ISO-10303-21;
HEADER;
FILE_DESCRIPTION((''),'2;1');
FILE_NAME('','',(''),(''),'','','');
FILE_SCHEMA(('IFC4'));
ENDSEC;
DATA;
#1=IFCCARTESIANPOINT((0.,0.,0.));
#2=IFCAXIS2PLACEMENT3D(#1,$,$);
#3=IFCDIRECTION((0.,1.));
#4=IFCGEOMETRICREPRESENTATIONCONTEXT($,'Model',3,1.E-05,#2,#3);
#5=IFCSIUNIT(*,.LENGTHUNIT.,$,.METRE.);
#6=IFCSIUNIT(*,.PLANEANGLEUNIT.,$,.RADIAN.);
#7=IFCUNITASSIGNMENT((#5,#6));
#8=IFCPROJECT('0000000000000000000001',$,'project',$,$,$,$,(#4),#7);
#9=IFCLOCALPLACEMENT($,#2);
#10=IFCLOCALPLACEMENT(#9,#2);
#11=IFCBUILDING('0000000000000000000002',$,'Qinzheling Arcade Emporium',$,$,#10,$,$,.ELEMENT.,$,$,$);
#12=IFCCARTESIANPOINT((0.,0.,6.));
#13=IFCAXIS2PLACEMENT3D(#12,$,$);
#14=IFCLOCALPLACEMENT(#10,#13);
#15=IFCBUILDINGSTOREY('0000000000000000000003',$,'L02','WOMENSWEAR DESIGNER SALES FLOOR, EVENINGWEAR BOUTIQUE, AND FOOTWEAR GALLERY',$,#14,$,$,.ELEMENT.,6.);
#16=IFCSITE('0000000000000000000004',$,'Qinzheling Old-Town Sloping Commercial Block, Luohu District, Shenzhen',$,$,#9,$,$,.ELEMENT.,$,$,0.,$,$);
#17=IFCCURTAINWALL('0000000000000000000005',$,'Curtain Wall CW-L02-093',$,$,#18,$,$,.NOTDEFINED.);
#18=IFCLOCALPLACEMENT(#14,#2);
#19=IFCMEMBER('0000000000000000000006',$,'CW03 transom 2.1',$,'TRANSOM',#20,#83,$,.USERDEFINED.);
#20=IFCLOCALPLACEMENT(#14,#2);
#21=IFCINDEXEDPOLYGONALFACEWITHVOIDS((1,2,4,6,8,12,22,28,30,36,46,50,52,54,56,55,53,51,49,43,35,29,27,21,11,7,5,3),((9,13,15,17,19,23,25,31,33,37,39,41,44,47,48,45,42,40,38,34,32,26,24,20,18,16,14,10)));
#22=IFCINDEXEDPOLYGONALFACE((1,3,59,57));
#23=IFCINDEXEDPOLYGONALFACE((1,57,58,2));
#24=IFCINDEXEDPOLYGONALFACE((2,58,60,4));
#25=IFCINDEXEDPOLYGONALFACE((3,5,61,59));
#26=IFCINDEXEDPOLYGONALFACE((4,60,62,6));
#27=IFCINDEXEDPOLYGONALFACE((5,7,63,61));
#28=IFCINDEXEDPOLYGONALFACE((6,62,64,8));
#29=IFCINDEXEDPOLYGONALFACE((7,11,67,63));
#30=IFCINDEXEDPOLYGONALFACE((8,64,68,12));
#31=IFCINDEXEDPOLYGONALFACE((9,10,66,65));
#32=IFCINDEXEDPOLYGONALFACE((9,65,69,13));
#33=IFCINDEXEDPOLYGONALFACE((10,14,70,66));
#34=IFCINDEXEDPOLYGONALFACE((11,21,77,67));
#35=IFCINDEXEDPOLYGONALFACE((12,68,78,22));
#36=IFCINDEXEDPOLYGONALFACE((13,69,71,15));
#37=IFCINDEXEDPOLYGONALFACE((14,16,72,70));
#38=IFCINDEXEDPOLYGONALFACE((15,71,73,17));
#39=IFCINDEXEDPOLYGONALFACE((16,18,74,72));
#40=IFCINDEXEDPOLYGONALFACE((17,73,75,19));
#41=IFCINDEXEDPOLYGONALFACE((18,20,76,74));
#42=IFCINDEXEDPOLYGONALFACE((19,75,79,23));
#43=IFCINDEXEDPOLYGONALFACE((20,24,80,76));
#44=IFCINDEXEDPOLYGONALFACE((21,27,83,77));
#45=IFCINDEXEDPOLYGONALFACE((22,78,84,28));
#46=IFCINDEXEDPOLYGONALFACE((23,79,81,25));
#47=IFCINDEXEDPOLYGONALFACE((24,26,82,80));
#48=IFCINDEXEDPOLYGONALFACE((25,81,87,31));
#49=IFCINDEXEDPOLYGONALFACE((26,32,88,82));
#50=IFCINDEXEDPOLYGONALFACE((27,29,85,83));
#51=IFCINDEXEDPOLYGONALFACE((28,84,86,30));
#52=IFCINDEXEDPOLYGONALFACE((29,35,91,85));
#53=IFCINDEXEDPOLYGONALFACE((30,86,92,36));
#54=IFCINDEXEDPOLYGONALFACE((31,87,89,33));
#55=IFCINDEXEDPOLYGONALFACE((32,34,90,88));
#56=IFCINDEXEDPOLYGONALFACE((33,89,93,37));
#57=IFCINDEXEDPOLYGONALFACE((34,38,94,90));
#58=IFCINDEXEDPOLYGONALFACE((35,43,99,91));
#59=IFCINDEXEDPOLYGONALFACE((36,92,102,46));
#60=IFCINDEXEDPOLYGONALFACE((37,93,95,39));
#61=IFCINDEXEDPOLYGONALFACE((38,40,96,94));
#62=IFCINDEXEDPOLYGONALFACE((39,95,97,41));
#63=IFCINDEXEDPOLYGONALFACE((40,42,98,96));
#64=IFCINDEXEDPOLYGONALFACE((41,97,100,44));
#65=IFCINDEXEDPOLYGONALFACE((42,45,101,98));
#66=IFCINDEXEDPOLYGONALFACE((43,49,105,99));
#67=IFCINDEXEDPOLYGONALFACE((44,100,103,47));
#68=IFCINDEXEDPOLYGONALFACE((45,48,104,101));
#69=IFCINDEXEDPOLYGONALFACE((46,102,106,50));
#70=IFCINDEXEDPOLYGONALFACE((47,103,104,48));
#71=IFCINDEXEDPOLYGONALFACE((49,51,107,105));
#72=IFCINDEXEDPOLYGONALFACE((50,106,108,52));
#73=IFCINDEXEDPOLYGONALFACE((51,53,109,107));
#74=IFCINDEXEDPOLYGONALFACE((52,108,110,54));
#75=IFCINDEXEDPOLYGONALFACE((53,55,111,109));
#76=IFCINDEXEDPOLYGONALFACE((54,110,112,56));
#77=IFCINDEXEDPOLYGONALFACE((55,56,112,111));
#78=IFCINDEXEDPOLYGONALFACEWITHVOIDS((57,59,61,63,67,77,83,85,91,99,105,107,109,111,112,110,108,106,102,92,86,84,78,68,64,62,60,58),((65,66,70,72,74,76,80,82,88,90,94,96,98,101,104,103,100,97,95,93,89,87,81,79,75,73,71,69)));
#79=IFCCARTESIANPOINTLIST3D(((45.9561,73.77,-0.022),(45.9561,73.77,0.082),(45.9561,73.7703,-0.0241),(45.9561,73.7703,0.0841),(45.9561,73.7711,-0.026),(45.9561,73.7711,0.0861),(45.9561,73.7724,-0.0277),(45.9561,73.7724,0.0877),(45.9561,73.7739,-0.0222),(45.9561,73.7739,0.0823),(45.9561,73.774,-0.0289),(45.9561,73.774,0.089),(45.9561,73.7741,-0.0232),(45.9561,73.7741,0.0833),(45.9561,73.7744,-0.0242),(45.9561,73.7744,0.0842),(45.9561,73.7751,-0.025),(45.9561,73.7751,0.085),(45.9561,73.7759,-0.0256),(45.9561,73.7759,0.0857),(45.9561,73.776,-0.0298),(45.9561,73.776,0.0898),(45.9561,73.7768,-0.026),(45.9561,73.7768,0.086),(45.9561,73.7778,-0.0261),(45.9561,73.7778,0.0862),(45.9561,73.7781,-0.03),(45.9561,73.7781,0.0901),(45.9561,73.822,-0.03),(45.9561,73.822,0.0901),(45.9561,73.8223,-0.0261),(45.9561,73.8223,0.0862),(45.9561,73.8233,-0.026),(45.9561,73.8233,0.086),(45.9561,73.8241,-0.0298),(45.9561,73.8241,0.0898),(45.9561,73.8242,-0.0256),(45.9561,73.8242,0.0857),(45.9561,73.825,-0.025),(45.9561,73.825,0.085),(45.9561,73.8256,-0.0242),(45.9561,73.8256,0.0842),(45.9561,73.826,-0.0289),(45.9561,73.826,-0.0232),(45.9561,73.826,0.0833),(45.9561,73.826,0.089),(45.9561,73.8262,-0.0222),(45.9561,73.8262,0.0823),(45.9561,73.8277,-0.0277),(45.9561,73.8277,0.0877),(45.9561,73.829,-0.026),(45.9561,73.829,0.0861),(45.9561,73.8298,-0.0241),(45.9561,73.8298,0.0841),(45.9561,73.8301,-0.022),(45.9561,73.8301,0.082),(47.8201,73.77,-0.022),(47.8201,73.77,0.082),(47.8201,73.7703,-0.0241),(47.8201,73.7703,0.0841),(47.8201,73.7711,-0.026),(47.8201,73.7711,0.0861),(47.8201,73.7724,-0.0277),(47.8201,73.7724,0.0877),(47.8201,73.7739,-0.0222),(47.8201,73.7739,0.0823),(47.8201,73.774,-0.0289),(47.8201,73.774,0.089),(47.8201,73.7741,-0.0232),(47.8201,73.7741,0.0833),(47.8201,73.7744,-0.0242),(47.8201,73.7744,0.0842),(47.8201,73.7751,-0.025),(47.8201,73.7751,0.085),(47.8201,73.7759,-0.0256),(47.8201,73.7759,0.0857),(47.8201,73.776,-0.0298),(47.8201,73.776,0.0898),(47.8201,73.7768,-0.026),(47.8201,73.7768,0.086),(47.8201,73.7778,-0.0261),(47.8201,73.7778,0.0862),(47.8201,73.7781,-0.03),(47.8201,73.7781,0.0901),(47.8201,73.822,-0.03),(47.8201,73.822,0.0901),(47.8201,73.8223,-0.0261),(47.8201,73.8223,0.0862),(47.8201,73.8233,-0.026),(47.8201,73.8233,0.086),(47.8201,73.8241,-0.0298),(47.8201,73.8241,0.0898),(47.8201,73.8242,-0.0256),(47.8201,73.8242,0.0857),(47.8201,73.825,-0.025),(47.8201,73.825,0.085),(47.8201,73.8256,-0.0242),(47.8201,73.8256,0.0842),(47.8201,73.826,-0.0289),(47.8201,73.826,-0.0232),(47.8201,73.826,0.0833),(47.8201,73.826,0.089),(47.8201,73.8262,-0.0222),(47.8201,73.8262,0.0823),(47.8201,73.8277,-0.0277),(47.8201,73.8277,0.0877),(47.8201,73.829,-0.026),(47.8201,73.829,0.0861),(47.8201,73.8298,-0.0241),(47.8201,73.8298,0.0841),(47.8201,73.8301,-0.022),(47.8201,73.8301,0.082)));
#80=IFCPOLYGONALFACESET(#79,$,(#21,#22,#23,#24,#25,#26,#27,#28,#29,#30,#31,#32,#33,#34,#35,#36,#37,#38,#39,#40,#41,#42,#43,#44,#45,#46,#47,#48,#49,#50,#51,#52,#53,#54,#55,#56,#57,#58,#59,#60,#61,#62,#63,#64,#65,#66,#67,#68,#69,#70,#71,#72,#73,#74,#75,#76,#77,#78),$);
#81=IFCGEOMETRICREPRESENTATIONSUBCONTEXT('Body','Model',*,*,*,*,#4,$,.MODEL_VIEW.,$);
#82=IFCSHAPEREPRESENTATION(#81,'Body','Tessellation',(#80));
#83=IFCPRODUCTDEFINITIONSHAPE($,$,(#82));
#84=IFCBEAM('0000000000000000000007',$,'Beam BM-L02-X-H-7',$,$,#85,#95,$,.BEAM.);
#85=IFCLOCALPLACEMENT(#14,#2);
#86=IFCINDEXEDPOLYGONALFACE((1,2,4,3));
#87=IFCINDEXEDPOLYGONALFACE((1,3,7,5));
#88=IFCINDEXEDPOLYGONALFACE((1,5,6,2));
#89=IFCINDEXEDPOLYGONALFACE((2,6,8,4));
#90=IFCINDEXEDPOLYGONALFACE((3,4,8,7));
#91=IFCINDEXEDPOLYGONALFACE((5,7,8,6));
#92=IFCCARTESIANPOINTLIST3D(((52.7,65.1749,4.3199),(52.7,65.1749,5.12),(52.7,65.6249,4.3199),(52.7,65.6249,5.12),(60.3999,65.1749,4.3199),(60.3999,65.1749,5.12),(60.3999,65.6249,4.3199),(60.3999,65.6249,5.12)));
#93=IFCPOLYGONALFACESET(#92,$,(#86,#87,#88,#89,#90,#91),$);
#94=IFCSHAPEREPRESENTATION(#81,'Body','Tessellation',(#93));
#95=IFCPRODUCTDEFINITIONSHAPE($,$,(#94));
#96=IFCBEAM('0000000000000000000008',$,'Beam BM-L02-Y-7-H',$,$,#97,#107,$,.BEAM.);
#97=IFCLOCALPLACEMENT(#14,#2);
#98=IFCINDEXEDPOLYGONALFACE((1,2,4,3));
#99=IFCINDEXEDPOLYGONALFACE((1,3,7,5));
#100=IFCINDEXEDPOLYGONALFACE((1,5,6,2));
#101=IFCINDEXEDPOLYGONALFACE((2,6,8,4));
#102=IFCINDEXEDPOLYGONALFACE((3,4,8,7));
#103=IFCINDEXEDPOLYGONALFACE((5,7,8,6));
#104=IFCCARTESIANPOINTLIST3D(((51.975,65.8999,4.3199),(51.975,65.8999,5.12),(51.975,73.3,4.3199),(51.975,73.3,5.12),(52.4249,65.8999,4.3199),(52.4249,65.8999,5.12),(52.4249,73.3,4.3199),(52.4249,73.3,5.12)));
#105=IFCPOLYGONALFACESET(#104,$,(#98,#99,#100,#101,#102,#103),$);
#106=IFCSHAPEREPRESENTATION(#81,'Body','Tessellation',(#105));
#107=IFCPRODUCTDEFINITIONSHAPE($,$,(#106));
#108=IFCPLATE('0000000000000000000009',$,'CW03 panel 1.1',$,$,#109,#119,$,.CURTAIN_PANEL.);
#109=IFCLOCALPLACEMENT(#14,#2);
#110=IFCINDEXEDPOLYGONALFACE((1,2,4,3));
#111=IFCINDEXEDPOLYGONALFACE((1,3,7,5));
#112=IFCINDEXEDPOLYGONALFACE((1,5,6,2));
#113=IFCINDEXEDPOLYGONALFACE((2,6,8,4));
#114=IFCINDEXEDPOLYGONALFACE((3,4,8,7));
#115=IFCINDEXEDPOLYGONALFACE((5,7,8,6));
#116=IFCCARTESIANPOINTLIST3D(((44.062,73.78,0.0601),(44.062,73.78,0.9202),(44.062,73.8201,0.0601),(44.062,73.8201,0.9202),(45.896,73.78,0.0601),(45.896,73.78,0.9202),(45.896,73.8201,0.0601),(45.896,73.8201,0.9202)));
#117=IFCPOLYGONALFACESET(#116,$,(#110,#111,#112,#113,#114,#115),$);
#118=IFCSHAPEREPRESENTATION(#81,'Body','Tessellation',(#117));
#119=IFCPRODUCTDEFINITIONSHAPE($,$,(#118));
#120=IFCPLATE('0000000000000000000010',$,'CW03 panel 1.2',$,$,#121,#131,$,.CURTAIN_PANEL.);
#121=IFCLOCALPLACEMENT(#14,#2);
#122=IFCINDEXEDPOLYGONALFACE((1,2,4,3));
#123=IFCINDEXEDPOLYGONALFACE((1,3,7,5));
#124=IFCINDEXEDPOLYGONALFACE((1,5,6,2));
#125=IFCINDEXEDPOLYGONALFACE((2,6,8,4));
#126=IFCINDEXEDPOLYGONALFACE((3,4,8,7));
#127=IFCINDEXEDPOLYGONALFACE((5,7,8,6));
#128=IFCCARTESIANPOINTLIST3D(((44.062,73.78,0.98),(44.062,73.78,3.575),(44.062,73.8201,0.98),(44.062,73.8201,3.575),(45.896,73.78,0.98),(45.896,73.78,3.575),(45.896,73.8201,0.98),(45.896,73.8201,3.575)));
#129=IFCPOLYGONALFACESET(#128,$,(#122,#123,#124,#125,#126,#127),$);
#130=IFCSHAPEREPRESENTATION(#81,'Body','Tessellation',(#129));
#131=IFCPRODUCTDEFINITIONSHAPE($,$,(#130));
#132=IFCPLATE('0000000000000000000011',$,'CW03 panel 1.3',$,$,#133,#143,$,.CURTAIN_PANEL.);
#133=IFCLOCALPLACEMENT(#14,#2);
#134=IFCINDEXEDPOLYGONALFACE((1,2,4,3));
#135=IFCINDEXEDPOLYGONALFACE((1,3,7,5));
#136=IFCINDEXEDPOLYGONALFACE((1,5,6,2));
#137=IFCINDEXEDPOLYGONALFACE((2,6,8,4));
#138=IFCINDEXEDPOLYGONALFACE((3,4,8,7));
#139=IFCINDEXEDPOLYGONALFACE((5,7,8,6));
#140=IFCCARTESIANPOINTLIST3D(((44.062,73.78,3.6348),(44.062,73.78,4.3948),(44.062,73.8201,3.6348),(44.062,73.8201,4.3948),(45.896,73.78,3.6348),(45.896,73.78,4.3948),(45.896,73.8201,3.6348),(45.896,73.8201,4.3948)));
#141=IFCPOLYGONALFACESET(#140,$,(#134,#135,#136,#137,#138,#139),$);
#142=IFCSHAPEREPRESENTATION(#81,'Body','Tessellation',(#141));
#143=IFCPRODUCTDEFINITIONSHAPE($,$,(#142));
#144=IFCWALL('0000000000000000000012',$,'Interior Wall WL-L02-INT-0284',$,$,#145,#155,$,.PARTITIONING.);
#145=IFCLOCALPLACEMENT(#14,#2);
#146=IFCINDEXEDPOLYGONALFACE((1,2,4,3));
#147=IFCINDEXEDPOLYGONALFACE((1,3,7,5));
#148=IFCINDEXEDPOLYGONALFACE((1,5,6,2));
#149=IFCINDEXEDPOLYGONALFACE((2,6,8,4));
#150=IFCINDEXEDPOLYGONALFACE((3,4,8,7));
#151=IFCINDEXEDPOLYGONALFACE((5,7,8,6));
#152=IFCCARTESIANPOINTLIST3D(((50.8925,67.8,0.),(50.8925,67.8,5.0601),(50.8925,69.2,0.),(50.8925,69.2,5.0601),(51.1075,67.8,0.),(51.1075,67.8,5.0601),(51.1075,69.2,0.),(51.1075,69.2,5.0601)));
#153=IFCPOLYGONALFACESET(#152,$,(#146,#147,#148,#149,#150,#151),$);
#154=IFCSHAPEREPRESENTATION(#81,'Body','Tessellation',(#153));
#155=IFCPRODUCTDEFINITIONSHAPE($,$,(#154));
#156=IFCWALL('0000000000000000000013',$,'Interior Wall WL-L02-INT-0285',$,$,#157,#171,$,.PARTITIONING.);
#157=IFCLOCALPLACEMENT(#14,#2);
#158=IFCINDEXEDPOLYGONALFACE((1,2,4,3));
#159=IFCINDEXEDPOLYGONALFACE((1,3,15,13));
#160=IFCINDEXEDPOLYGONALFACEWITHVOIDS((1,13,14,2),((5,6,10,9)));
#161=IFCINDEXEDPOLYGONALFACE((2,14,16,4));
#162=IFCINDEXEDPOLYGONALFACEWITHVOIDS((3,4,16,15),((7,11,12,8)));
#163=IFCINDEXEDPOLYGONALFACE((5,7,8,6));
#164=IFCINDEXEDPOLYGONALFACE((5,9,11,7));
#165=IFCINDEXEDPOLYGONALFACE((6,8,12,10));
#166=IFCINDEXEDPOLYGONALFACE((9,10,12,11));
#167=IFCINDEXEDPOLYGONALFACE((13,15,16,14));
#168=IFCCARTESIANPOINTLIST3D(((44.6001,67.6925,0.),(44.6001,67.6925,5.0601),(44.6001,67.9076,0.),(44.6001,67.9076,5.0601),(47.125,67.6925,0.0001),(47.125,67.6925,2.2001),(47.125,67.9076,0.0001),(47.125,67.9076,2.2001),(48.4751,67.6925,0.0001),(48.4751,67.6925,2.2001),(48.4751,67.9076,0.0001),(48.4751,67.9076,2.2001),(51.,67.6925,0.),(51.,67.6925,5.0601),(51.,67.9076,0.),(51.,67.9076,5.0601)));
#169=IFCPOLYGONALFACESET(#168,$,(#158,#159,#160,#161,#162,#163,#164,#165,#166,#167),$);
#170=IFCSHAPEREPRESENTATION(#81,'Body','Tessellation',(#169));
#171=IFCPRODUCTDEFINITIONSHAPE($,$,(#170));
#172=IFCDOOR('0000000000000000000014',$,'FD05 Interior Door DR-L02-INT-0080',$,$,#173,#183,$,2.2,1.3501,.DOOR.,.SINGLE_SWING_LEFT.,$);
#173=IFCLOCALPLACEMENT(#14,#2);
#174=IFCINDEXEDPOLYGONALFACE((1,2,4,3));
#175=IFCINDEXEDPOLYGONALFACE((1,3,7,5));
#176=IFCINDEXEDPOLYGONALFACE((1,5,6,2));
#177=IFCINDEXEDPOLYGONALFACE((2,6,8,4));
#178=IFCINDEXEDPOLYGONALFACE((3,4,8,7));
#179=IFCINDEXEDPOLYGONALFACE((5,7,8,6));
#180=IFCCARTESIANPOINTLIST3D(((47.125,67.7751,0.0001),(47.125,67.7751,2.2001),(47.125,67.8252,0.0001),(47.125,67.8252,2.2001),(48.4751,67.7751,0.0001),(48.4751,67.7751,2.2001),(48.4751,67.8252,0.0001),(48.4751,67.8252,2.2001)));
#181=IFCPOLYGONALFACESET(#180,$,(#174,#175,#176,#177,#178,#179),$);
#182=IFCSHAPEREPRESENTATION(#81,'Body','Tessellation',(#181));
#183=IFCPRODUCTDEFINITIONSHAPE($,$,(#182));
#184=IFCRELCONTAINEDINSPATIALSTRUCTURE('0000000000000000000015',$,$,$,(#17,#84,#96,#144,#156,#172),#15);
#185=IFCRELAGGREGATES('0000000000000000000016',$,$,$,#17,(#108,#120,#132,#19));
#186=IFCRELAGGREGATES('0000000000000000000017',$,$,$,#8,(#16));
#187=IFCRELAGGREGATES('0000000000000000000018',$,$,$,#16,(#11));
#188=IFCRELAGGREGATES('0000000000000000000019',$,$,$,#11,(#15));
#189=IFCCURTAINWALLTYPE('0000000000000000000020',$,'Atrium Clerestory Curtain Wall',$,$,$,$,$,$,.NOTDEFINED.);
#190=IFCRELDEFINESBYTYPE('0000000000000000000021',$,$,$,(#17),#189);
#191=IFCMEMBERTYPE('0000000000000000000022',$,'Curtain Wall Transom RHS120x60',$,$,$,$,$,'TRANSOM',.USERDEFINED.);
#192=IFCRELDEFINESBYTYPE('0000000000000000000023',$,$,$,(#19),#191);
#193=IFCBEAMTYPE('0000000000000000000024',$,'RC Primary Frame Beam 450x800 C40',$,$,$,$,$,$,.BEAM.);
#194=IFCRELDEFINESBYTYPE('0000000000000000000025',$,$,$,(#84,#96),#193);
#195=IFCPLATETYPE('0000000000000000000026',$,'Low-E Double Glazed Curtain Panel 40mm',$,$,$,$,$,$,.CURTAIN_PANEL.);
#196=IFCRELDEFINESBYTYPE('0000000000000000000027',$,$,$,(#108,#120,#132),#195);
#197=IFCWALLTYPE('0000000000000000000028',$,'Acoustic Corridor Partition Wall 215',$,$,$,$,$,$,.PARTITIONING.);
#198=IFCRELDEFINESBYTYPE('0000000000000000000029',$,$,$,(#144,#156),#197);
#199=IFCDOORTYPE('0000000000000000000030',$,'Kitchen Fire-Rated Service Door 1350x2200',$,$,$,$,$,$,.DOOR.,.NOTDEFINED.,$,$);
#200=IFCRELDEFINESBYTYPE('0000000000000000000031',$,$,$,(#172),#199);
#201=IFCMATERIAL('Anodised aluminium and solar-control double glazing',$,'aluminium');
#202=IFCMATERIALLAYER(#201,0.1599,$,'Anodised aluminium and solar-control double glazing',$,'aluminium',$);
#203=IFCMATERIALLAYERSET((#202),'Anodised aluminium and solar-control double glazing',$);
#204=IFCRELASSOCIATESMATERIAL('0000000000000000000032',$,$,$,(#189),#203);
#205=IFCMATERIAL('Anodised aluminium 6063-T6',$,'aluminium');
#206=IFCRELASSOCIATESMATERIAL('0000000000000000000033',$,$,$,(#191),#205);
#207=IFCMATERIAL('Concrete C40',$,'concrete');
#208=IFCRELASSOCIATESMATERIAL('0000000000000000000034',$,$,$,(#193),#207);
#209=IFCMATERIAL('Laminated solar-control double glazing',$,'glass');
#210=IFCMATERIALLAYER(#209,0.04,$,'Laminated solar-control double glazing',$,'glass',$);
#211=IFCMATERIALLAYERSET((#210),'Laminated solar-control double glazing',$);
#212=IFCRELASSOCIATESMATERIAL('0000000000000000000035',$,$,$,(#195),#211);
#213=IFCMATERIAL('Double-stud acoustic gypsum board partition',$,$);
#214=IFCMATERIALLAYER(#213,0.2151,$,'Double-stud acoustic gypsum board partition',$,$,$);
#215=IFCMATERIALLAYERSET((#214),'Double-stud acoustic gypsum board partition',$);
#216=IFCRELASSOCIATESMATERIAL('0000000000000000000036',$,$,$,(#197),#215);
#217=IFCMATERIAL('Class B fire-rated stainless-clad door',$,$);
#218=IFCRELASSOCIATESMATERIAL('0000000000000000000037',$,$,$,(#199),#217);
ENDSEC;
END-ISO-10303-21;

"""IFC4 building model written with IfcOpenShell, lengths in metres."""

from ifc_helpers import new_model, si_unit, direction, frame, frame_2d, origin, origin_2d, place, context, subcontext, project, spatial, rectangle, hollow_rectangle, extrude, material, layer, layer_set, material_profile, profile_set, type_object, element, fill, aggregate, save


model = new_model("IFC4")

# Units and contexts
model_context = context("Model", 3, precision=1e-05, world=origin(), true_north=direction((0.0, 1.0)))
body_context = subcontext(model_context, "Body", "Model", "MODEL_VIEW")
ifc_project = project(units=[si_unit("LENGTHUNIT", "METRE"), si_unit("PLANEANGLEUNIT", "RADIAN")], contexts=[model_context])

# Site, building, storey
site_placement = place(None, origin())
site = spatial("IfcSite", under=ifc_project, at=site_placement, Name="Qinzheling Old-Town Sloping Commercial Block, Luohu District, Shenzhen", CompositionType="ELEMENT", RefElevation=0.0)
building_placement = place(site_placement, origin())
building = spatial("IfcBuilding", under=site, at=building_placement, Name="Qinzheling Arcade Emporium", CompositionType="ELEMENT")
storey_placement = place(building_placement, frame((0.0, 0.0, 6.0)))
storey = spatial("IfcBuildingStorey", under=building, at=storey_placement, Name="L02", Description="WOMENSWEAR DESIGNER SALES FLOOR, EVENINGWEAR BOUTIQUE, AND FOOTWEAR GALLERY", CompositionType="ELEMENT", Elevation=6.0)

# Curtain wall, member
ifc_material_1 = material(Name="Anodised aluminium and solar-control double glazing", Category="aluminium")
ifc_layer_1 = layer(ifc_material_1, 0.1599, Name="Anodised aluminium and solar-control double glazing", Category="aluminium")
ifc_layer_set_1 = layer_set([ifc_layer_1], Name="Anodised aluminium and solar-control double glazing")
curtain_wall_type = type_object("IfcCurtainWallType", Name="Atrium Clerestory Curtain Wall", PredefinedType="NOTDEFINED", material=ifc_layer_set_1)
curtain_wall_placement = place(storey_placement, origin())
curtain_wall = element("IfcCurtainWall", 1, at=curtain_wall_placement, inside=storey, type_object=curtain_wall_type, Name="Curtain Wall CW-L02-093", PredefinedType="NOTDEFINED")
ifc_material_2 = material(Name="Anodised aluminium 6063-T6", Category="aluminium")
ifc_material_profile_1 = material_profile(ifc_material_2, hollow_rectangle(XDim=0.0601, YDim=0.1201, WallThickness=0.0039, InnerFilletRadius=0.0039, OuterFilletRadius=0.0081, at=origin_2d()), Name="RHS 120x60x4", Category="aluminium")
ifc_profile_set_1 = profile_set([ifc_material_profile_1], Name="Anodised aluminium 6063-T6")
member_type_1 = type_object("IfcMemberType", Name="Curtain Wall Transom RHS120x60", ElementType="TRANSOM", PredefinedType="USERDEFINED", material=ifc_profile_set_1)
member_1_placement = place(storey_placement, frame((45.9561, 73.8, 0.03), z_axis=(1.0, 0.0, 0.0), x_axis=(0.0, 1.0, 0.0)))
member_1 = element("IfcMember", 2, at=member_1_placement, type_object=member_type_1, Name="CW03 transom 2.1", ObjectType="TRANSOM", PredefinedType="USERDEFINED", context=body_context, shape_type="SweptSolid", body=[
    extrude(hollow_rectangle(XDim=0.0601, YDim=0.1201, WallThickness=0.0039, InnerFilletRadius=0.0039, OuterFilletRadius=0.0081, at=origin_2d()), origin(), (0.0, 0.0, 1.0), 1.864),
])

# Beams
ifc_material_3 = material(Name="Concrete C40", Category="concrete")
ifc_material_profile_2 = material_profile(ifc_material_3, rectangle(XDim=0.45, YDim=0.8, at=origin_2d()), Name="RC 450x800", Category="concrete")
ifc_profile_set_2 = profile_set([ifc_material_profile_2], Name="Concrete C40")
beam_type = type_object("IfcBeamType", Name="RC Primary Frame Beam 450x800 C40", PredefinedType="BEAM", material=ifc_profile_set_2)
beam_1_placement = place(storey_placement, frame((52.7, 65.3999, 4.72), z_axis=(1.0, 0.0, 0.0), x_axis=(0.0, 1.0, 0.0)))
element("IfcBeam", 3, at=beam_1_placement, inside=storey, type_object=beam_type, Name="Beam BM-L02-X-H-7", PredefinedType="BEAM", context=body_context, shape_type="SweptSolid", body=[
    extrude(rectangle(XDim=0.45, YDim=0.8, at=origin_2d()), origin(), (0.0, 0.0, 1.0), 7.7),
])
beam_2_placement = place(storey_placement, frame((52.2, 65.8999, 4.72), z_axis=(0.0, 1.0, 0.0), x_axis=(-1.0, 0.0, 0.0)))
element("IfcBeam", 4, at=beam_2_placement, inside=storey, type_object=beam_type, Name="Beam BM-L02-Y-7-H", PredefinedType="BEAM", context=body_context, shape_type="SweptSolid", body=[
    extrude(rectangle(XDim=0.45, YDim=0.8, at=origin_2d()), origin(), (0.0, 0.0, 1.0), 7.4001),
])

# Plates
ifc_material_4 = material(Name="Laminated solar-control double glazing", Category="glass")
ifc_layer_2 = layer(ifc_material_4, 0.04, Name="Laminated solar-control double glazing", Category="glass")
ifc_layer_set_2 = layer_set([ifc_layer_2], Name="Laminated solar-control double glazing")
plate_type = type_object("IfcPlateType", Name="Low-E Double Glazed Curtain Panel 40mm", PredefinedType="CURTAIN_PANEL", material=ifc_layer_set_2)
plate_1_placement = place(storey_placement, frame((44.979, 73.8, 0.0601), z_axis=(0.0, 0.0, 1.0), x_axis=(1.0, 0.0, 0.0)))
plate_1 = element("IfcPlate", 5, at=plate_1_placement, type_object=plate_type, Name="CW03 panel 1.1", PredefinedType="CURTAIN_PANEL", context=body_context, shape_type="SweptSolid", body=[
    extrude(rectangle(XDim=1.834, YDim=0.04, at=origin_2d()), origin(), (0.0, 0.0, 1.0), 0.8601),
])
plate_2_placement = place(storey_placement, frame((44.979, 73.8, 0.98), z_axis=(0.0, 0.0, 1.0), x_axis=(1.0, 0.0, 0.0)))
plate_2 = element("IfcPlate", 6, at=plate_2_placement, type_object=plate_type, Name="CW03 panel 1.2", PredefinedType="CURTAIN_PANEL", context=body_context, shape_type="SweptSolid", body=[
    extrude(rectangle(XDim=1.834, YDim=0.04, at=origin_2d()), origin(), (0.0, 0.0, 1.0), 2.595),
])
plate_3_placement = place(storey_placement, frame((44.979, 73.8, 3.6348), z_axis=(0.0, 0.0, 1.0), x_axis=(1.0, 0.0, 0.0)))
plate_3 = element("IfcPlate", 7, at=plate_3_placement, type_object=plate_type, Name="CW03 panel 1.3", PredefinedType="CURTAIN_PANEL", context=body_context, shape_type="SweptSolid", body=[
    extrude(rectangle(XDim=1.834, YDim=0.04, at=origin_2d()), origin(), (0.0, 0.0, 1.0), 0.76),
])
aggregate(curtain_wall, [plate_1, plate_2, plate_3, member_1])

# Wall
ifc_material_5 = material(Name="Double-stud acoustic gypsum board partition")
ifc_layer_3 = layer(ifc_material_5, 0.2151, Name="Double-stud acoustic gypsum board partition")
ifc_layer_set_3 = layer_set([ifc_layer_3], Name="Double-stud acoustic gypsum board partition")
wall_type_1 = type_object("IfcWallType", Name="Acoustic Corridor Partition Wall 215", PredefinedType="PARTITIONING", material=ifc_layer_set_3)
wall_1_placement = place(storey_placement, frame((51.0, 69.2, 0.0), z_axis=(0.0, 0.0, 1.0), x_axis=(0.0, -1.0, 0.0)))
element("IfcWall", 8, at=wall_1_placement, inside=storey, type_object=wall_type_1, Name="Interior Wall WL-L02-INT-0284", PredefinedType="PARTITIONING", context=body_context, shape_type="SweptSolid", body=[
    extrude(rectangle(XDim=1.3999, YDim=0.2151, at=frame_2d((0.7, 0.0))), origin(), (0.0, 0.0, 1.0), 5.0601),
])

# Wall, opening, door
wall_2_placement = place(storey_placement, frame((51.0, 67.8, 0.0), z_axis=(0.0, 0.0, 1.0), x_axis=(-1.0, 0.0, 0.0)))
wall_2 = element("IfcWall", 9, at=wall_2_placement, inside=storey, type_object=wall_type_1, Name="Interior Wall WL-L02-INT-0285", PredefinedType="PARTITIONING", context=body_context, shape_type="SweptSolid", body=[
    extrude(rectangle(XDim=6.3999, YDim=0.2151, at=frame_2d((3.2, 0.0))), origin(), (0.0, 0.0, 1.0), 5.0601),
])
opening_1_placement = place(wall_2_placement, frame((2.5249, 0.0, 0.0)))
opening_1 = element("IfcOpeningElement", 10, at=opening_1_placement, cuts=wall_2, PredefinedType="OPENING", context=body_context, shape_type="SweptSolid", body=[
    extrude(rectangle(XDim=1.3501, YDim=2.2, at=frame_2d((0.675, 1.1001))), frame((0.0, 0.1177, 0.0), z_axis=(0.0, -1.0, 0.0), x_axis=(1.0, 0.0, 0.0)), (0.0, 0.0, 1.0), 0.2351),
])
ifc_material_6 = material(Name="Class B fire-rated stainless-clad door")
door_type_1 = type_object("IfcDoorType", Name="Kitchen Fire-Rated Service Door 1350x2200", OperationType="NOTDEFINED", PredefinedType="DOOR", material=ifc_material_6)
door_1_placement = place(opening_1_placement, origin())
door_1 = element("IfcDoor", 11, at=door_1_placement, inside=storey, type_object=door_type_1, Name="FD05 Interior Door DR-L02-INT-0080", OperationType="SINGLE_SWING_LEFT", OverallHeight=2.2, OverallWidth=1.3501, PredefinedType="DOOR", context=body_context, shape_type="SweptSolid", body=[
    extrude(rectangle(XDim=1.3501, YDim=2.2, at=frame_2d((0.675, 1.1001))), frame((0.0, 0.0249, 0.0), z_axis=(0.0, -1.0, 0.0), x_axis=(1.0, 0.0, 0.0)), (0.0, 0.0, 1.0), 0.05),
])
fill(opening_1, door_1)

save(model, "model.ifc")
